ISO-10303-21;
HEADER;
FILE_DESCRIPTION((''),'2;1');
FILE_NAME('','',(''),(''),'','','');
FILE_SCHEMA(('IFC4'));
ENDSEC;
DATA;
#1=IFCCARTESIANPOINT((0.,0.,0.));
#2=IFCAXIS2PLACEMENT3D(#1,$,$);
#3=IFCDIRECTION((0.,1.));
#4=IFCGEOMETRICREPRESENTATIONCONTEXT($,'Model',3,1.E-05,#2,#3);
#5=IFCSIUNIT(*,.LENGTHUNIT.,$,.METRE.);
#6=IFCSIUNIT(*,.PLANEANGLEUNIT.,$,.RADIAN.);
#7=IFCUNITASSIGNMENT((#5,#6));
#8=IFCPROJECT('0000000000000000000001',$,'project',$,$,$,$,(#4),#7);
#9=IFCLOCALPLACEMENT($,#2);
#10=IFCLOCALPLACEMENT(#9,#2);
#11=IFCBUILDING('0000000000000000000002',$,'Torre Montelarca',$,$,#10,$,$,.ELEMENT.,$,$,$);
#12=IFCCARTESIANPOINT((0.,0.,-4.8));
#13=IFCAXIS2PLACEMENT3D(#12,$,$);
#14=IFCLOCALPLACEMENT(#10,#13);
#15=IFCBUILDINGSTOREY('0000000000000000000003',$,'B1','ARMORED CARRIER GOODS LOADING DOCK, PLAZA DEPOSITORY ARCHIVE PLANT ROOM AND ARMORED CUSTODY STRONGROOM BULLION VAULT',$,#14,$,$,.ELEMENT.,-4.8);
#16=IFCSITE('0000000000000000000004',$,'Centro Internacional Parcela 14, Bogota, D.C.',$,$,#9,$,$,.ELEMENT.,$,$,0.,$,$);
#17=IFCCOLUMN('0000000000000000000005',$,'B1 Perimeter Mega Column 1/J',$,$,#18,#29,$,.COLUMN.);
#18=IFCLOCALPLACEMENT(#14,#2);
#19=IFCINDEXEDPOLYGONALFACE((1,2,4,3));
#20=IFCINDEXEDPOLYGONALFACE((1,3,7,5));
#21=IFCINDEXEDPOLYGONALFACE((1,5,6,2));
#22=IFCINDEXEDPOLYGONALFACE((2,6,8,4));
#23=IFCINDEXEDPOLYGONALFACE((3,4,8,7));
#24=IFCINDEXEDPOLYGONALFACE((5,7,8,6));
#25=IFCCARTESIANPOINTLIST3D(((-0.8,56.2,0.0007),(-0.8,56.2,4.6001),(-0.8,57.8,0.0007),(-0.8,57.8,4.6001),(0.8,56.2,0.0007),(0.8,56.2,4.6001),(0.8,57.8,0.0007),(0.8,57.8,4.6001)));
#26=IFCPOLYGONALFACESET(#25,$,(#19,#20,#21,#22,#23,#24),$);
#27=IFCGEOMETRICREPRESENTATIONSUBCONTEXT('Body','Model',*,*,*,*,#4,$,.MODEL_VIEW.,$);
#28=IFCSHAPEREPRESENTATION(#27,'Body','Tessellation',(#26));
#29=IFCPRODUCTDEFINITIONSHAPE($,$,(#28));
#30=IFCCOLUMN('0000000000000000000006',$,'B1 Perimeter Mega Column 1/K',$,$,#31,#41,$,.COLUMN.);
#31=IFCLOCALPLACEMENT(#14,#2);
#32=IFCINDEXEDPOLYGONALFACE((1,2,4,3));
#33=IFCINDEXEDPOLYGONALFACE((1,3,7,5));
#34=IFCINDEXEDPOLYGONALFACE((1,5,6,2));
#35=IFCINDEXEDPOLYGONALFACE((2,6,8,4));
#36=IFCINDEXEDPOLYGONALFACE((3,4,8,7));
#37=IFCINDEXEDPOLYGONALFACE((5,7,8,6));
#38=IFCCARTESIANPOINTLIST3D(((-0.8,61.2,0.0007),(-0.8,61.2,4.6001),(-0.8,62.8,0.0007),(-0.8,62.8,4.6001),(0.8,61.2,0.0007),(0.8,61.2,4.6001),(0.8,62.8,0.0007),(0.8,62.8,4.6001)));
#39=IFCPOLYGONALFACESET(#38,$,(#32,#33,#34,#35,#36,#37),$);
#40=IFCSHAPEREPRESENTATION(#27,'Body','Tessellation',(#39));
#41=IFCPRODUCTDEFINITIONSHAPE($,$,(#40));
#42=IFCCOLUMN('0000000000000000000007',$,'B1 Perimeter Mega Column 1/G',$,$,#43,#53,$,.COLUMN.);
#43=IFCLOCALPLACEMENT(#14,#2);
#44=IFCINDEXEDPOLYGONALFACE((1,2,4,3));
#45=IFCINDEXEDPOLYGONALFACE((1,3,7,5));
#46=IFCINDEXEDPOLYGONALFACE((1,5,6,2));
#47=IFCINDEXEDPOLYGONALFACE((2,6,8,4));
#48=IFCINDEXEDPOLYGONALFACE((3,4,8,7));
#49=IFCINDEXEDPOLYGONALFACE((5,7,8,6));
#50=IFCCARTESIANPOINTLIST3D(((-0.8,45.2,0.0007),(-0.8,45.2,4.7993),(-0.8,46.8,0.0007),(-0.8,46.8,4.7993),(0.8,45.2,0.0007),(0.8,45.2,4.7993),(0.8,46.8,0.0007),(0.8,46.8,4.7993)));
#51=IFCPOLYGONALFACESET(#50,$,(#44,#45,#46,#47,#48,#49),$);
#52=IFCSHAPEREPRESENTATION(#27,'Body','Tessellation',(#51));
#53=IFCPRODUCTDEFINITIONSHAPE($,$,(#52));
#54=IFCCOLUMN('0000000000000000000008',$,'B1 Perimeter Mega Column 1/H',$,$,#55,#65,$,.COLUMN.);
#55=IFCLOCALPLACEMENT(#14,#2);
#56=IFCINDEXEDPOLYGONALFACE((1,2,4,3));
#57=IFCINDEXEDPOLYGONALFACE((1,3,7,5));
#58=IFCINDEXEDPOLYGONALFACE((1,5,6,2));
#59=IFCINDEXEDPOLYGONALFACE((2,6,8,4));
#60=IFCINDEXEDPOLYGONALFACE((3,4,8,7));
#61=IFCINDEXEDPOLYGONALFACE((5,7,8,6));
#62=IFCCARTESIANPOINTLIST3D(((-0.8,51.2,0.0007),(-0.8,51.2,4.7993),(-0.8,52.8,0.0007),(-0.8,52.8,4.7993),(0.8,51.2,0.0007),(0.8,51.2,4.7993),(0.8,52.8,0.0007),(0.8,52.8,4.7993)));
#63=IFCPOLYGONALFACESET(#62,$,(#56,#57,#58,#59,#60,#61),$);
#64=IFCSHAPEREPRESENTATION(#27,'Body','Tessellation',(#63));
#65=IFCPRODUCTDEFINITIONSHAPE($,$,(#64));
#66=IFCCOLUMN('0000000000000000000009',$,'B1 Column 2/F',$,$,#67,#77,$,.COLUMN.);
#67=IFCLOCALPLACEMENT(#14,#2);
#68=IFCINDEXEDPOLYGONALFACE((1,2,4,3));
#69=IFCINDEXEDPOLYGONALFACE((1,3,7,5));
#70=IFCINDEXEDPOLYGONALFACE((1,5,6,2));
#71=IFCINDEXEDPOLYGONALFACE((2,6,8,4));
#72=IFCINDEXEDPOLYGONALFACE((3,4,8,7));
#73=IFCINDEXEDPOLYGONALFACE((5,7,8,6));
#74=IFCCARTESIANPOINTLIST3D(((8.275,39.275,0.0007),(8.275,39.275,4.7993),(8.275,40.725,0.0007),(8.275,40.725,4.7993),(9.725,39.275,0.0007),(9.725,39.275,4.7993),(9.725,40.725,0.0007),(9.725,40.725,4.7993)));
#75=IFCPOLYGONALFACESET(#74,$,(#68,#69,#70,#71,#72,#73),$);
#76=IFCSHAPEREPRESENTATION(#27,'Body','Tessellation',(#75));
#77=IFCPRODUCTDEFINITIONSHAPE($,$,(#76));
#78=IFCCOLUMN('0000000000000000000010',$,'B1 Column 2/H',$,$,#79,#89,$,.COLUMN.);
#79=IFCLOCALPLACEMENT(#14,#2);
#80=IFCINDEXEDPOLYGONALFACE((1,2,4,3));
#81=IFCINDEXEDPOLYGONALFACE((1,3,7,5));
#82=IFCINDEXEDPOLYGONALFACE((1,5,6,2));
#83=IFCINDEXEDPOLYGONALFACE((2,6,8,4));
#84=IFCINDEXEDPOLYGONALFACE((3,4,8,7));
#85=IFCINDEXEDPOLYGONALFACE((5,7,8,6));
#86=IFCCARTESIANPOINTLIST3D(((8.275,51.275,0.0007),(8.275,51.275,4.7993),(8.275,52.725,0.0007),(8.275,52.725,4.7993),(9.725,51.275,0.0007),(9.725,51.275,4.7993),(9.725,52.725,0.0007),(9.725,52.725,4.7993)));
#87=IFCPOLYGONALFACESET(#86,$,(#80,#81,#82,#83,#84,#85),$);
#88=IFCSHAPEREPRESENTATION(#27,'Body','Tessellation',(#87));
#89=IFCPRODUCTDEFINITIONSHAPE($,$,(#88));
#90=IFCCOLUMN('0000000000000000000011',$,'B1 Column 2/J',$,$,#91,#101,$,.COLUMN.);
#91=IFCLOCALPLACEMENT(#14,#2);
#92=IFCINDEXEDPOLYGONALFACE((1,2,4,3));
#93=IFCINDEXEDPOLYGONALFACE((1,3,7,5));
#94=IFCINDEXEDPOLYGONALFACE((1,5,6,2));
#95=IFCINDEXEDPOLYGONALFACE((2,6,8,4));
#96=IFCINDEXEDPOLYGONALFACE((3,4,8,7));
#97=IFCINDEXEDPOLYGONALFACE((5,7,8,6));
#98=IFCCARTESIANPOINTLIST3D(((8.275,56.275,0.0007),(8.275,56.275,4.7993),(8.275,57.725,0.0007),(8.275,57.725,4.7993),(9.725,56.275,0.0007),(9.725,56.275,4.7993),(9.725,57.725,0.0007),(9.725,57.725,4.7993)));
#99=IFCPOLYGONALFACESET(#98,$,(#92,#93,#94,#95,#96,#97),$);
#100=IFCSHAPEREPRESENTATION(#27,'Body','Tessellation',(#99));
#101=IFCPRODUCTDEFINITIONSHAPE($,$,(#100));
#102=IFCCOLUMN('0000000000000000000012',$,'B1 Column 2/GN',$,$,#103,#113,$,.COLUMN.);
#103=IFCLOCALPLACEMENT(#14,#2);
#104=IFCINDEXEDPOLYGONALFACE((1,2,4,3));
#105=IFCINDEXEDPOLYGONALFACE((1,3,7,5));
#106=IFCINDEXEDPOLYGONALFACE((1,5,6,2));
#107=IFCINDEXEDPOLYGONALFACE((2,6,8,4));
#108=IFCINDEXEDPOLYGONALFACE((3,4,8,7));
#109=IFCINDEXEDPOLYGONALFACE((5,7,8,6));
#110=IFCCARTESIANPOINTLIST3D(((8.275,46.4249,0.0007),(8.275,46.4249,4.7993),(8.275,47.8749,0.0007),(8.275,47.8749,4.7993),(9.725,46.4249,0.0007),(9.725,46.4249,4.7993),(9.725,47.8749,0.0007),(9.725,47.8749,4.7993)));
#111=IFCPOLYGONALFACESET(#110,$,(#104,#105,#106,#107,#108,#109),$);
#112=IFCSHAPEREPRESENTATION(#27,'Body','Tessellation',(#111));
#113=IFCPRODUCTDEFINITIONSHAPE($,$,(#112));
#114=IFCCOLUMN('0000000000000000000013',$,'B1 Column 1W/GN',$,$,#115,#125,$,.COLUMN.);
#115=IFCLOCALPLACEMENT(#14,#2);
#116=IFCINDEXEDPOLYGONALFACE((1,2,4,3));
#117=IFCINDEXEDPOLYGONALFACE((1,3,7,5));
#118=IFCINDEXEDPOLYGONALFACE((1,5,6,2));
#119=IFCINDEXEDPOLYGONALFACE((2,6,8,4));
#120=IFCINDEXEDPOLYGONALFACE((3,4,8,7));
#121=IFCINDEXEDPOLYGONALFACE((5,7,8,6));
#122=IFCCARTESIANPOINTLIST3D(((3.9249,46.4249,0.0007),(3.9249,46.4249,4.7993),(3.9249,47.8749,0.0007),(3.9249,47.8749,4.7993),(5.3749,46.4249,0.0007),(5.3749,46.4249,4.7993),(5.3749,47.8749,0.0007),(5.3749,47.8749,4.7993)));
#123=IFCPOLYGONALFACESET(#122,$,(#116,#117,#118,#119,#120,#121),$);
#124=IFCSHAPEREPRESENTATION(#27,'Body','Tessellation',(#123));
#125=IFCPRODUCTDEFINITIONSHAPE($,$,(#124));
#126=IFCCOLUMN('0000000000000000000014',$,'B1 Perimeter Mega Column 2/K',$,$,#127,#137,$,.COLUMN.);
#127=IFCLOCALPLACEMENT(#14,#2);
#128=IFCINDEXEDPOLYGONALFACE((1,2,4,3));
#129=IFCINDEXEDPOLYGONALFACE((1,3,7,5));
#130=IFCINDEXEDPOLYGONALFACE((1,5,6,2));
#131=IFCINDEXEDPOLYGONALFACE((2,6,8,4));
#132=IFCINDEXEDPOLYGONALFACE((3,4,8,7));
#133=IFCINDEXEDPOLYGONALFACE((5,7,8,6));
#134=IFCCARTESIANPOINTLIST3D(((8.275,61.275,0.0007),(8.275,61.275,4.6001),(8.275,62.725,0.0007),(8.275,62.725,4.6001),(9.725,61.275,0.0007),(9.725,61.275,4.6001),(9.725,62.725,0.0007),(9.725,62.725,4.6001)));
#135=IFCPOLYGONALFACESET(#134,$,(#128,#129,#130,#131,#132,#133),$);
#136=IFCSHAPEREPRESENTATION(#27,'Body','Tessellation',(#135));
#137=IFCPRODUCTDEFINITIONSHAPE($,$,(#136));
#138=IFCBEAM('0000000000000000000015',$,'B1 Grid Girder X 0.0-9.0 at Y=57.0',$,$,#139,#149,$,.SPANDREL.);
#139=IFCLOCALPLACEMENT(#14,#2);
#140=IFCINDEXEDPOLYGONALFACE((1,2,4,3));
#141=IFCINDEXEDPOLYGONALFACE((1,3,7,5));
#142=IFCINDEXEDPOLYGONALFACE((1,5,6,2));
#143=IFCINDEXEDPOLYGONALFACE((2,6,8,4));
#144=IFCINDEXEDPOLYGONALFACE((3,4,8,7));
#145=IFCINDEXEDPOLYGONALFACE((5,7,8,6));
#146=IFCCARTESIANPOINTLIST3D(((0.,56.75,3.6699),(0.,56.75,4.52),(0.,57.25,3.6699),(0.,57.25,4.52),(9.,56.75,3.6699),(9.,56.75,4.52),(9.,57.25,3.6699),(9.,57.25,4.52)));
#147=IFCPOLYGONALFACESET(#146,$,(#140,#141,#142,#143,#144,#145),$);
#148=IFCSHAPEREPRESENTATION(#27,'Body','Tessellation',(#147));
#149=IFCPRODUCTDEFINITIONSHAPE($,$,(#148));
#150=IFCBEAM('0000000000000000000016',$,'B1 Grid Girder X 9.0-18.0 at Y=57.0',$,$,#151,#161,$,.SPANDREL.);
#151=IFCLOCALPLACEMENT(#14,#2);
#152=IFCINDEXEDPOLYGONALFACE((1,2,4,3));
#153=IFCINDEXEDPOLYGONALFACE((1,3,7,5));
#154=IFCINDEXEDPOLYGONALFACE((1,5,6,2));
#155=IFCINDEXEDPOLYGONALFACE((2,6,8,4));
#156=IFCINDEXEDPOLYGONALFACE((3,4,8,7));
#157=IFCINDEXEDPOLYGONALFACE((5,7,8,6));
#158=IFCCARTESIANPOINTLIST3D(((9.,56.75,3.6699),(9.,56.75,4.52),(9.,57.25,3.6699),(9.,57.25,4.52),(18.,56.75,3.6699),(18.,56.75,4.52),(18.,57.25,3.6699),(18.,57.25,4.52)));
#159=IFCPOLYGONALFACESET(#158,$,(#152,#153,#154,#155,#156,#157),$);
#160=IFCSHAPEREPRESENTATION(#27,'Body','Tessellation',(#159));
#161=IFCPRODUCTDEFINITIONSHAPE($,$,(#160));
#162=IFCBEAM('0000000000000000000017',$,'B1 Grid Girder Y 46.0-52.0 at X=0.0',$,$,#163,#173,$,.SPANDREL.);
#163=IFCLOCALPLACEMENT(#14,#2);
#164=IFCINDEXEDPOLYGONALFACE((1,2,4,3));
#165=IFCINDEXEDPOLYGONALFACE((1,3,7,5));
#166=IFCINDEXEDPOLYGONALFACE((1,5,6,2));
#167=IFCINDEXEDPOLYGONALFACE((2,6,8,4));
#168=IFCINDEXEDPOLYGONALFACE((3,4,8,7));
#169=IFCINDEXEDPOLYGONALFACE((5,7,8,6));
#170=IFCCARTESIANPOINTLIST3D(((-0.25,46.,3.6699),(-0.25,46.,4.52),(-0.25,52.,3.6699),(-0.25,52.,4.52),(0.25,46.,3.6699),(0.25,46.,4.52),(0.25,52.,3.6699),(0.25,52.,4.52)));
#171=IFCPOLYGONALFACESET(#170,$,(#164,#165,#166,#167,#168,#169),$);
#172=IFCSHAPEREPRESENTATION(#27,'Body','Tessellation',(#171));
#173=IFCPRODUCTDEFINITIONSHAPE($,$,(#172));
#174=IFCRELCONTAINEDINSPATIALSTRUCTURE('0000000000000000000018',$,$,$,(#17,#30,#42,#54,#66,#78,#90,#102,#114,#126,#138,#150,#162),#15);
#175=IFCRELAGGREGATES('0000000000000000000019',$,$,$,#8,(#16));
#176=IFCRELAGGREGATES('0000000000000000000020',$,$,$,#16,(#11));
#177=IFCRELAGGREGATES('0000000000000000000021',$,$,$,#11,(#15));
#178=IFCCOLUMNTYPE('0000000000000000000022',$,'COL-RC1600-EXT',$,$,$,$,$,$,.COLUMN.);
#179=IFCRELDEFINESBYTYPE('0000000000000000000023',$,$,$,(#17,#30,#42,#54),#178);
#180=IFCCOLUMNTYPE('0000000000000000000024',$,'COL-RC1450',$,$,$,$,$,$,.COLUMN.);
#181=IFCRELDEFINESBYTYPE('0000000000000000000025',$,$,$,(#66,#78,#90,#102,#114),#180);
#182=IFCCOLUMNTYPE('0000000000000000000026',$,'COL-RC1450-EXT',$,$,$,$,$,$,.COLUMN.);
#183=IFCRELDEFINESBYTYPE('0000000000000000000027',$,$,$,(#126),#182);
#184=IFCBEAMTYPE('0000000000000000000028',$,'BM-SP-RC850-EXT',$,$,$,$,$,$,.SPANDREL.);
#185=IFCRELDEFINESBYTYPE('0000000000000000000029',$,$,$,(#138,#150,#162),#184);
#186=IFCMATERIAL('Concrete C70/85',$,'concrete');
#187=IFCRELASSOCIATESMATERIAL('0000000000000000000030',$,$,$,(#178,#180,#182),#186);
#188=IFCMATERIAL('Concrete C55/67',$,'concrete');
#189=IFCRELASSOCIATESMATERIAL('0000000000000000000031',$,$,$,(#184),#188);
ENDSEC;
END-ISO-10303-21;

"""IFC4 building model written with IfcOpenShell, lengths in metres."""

from ifc_helpers import new_model, si_unit, direction, frame, origin, origin_2d, place, context, subcontext, project, spatial, rectangle, extrude, source, transform, mapped, material, material_profile, profile_set, type_object, element, save


model = new_model("IFC4")

# Units and contexts
model_context = context("Model", 3, precision=1e-05, world=origin(), true_north=direction((0.0, 1.0)))
body_context = subcontext(model_context, "Body", "Model", "MODEL_VIEW")
ifc_project = project(units=[si_unit("LENGTHUNIT", "METRE"), si_unit("PLANEANGLEUNIT", "RADIAN")], contexts=[model_context])

# Site, building, storey
site_placement = place(None, origin())
site = spatial("IfcSite", under=ifc_project, at=site_placement, Name="Centro Internacional Parcela 14, Bogota, D.C.", CompositionType="ELEMENT", RefElevation=0.0)
building_placement = place(site_placement, origin())
building = spatial("IfcBuilding", under=site, at=building_placement, Name="Torre Montelarca", CompositionType="ELEMENT")
storey_placement = place(building_placement, frame((0.0, 0.0, -4.8)))
storey = spatial("IfcBuildingStorey", under=building, at=storey_placement, Name="B1", Description="ARMORED CARRIER GOODS LOADING DOCK, PLAZA DEPOSITORY ARCHIVE PLANT ROOM AND ARMORED CUSTODY STRONGROOM BULLION VAULT", CompositionType="ELEMENT", Elevation=-4.8)

# Columns
ifc_material_1 = material(Name="Concrete C70/85", Category="concrete")
ifc_material_profile_1 = material_profile(ifc_material_1, rectangle(XDim=1.6001, YDim=1.6001, at=origin_2d()), Name="RC1600X1600", Category="concrete")
ifc_profile_set_1 = profile_set([ifc_material_profile_1], Name="Concrete C70/85")
column_type_1 = type_object("IfcColumnType", Name="COL-RC1600-EXT", PredefinedType="COLUMN", material=ifc_profile_set_1)
shared_shape_1 = source(origin(), body_context, "Body", "SweptSolid", [
    extrude(rectangle(XDim=1.6001, YDim=1.6001, at=origin_2d()), origin(), (0.0, 0.0, 1.0), 4.5994),
])
for number, where, z_axis, x_axis, name in (
    (1, (0.0, 57.0, 0.0007), (0.0, 0.0, 1.0), (1.0, 0.0, 0.0), "B1 Perimeter Mega Column 1/J"),
    (2, (0.0, 62.0, 0.0007), (0.0, 0.0, 1.0), (1.0, 0.0, 0.0), "B1 Perimeter Mega Column 1/K"),
):
    element("IfcColumn", number, at=place(storey_placement, frame(where, z_axis=z_axis, x_axis=x_axis)), inside=storey, type_object=column_type_1, Name=name, PredefinedType="COLUMN", context=body_context, shape_type="MappedRepresentation", body=[
        mapped(shared_shape_1, transform((0.0, 0.0, 0.0), scale=1.0)),
    ])
shared_shape_2 = source(origin(), body_context, "Body", "SweptSolid", [
    extrude(rectangle(XDim=1.6001, YDim=1.6001, at=origin_2d()), origin(), (0.0, 0.0, 1.0), 4.7986),
])
for number, where, z_axis, x_axis, name in (
    (3, (0.0, 46.0, 0.0007), (0.0, 0.0, 1.0), (1.0, 0.0, 0.0), "B1 Perimeter Mega Column 1/G"),
    (4, (0.0, 52.0, 0.0007), (0.0, 0.0, 1.0), (1.0, 0.0, 0.0), "B1 Perimeter Mega Column 1/H"),
):
    element("IfcColumn", number, at=place(storey_placement, frame(where, z_axis=z_axis, x_axis=x_axis)), inside=storey, type_object=column_type_1, Name=name, PredefinedType="COLUMN", context=body_context, shape_type="MappedRepresentation", body=[
        mapped(shared_shape_2, transform((0.0, 0.0, 0.0), scale=1.0)),
    ])
ifc_material_profile_2 = material_profile(ifc_material_1, rectangle(XDim=1.45, YDim=1.45, at=origin_2d()), Name="RC1450X1450", Category="concrete")
ifc_profile_set_2 = profile_set([ifc_material_profile_2], Name="Concrete C70/85")
column_type_2 = type_object("IfcColumnType", Name="COL-RC1450", PredefinedType="COLUMN", material=ifc_profile_set_2)
shared_shape_3 = source(origin(), body_context, "Body", "SweptSolid", [
    extrude(rectangle(XDim=1.45, YDim=1.45, at=origin_2d()), origin(), (0.0, 0.0, 1.0), 4.7986),
])
for number, where, z_axis, x_axis, name in (
    (5, (9.0, 40.0, 0.0007), (0.0, 0.0, 1.0), (1.0, 0.0, 0.0), "B1 Column 2/F"),
    (6, (9.0, 52.0, 0.0007), (0.0, 0.0, 1.0), (1.0, 0.0, 0.0), "B1 Column 2/H"),
    (7, (9.0, 57.0, 0.0007), (0.0, 0.0, 1.0), (1.0, 0.0, 0.0), "B1 Column 2/J"),
    (8, (9.0, 47.1499, 0.0007), (0.0, 0.0, 1.0), (1.0, 0.0, 0.0), "B1 Column 2/GN"),
    (9, (4.6499, 47.1499, 0.0007), (0.0, 0.0, 1.0), (1.0, 0.0, 0.0), "B1 Column 1W/GN"),
):
    element("IfcColumn", number, at=place(storey_placement, frame(where, z_axis=z_axis, x_axis=x_axis)), inside=storey, type_object=column_type_2, Name=name, PredefinedType="COLUMN", context=body_context, shape_type="MappedRepresentation", body=[
        mapped(shared_shape_3, transform((0.0, 0.0, 0.0), scale=1.0)),
    ])
ifc_material_profile_3 = material_profile(ifc_material_1, rectangle(XDim=1.45, YDim=1.45, at=origin_2d()), Name="RC1450X1450", Category="concrete")
ifc_profile_set_3 = profile_set([ifc_material_profile_3], Name="Concrete C70/85")
column_type_3 = type_object("IfcColumnType", Name="COL-RC1450-EXT", PredefinedType="COLUMN", material=ifc_profile_set_3)
shared_shape_4 = source(origin(), body_context, "Body", "SweptSolid", [
    extrude(rectangle(XDim=1.45, YDim=1.45, at=origin_2d()), origin(), (0.0, 0.0, 1.0), 4.5994),
])
column_placement = place(storey_placement, frame((9.0, 62.0, 0.0007), z_axis=(0.0, 0.0, 1.0), x_axis=(1.0, 0.0, 0.0)))
element("IfcColumn", 10, at=column_placement, inside=storey, type_object=column_type_3, Name="B1 Perimeter Mega Column 2/K", PredefinedType="COLUMN", context=body_context, shape_type="MappedRepresentation", body=[
    mapped(shared_shape_4, transform((0.0, 0.0, 0.0), scale=1.0)),
])

# Beams
ifc_material_2 = material(Name="Concrete C55/67", Category="concrete")
ifc_material_profile_4 = material_profile(ifc_material_2, rectangle(XDim=0.5, YDim=0.8501, at=origin_2d()), Name="RCB500X850", Category="concrete")
ifc_profile_set_4 = profile_set([ifc_material_profile_4], Name="Concrete C55/67")
beam_type_1 = type_object("IfcBeamType", Name="BM-SP-RC850-EXT", PredefinedType="SPANDREL", material=ifc_profile_set_4)
shared_shape_5 = source(origin(), body_context, "Body", "SweptSolid", [
    extrude(rectangle(XDim=0.5, YDim=0.8501, at=origin_2d()), origin(), (0.0, 0.0, 1.0), 9.0),
])
for number, where, z_axis, x_axis, name in (
    (11, (0.0, 57.0, 4.095), (1.0, 0.0, 0.0), (0.0, 1.0, 0.0), "B1 Grid Girder X 0.0-9.0 at Y=57.0"),
    (12, (9.0, 57.0, 4.095), (1.0, 0.0, 0.0), (0.0, 1.0, 0.0), "B1 Grid Girder X 9.0-18.0 at Y=57.0"),
):
    element("IfcBeam", number, at=place(storey_placement, frame(where, z_axis=z_axis, x_axis=x_axis)), inside=storey, type_object=beam_type_1, Name=name, PredefinedType="SPANDREL", context=body_context, shape_type="MappedRepresentation", body=[
        mapped(shared_shape_5, transform((0.0, 0.0, 0.0), scale=1.0)),
    ])
shared_shape_6 = source(origin(), body_context, "Body", "SweptSolid", [
    extrude(rectangle(XDim=0.5, YDim=0.8501, at=origin_2d()), origin(), (0.0, 0.0, 1.0), 6.0),
])
beam_1_placement = place(storey_placement, frame((0.0, 46.0, 4.095), z_axis=(0.0, 1.0, 0.0), x_axis=(-1.0, 0.0, 0.0)))
element("IfcBeam", 13, at=beam_1_placement, inside=storey, type_object=beam_type_1, Name="B1 Grid Girder Y 46.0-52.0 at X=0.0", PredefinedType="SPANDREL", context=body_context, shape_type="MappedRepresentation", body=[
    mapped(shared_shape_6, transform((0.0, 0.0, 0.0), scale=1.0)),
])

save(model, "model.ifc")
